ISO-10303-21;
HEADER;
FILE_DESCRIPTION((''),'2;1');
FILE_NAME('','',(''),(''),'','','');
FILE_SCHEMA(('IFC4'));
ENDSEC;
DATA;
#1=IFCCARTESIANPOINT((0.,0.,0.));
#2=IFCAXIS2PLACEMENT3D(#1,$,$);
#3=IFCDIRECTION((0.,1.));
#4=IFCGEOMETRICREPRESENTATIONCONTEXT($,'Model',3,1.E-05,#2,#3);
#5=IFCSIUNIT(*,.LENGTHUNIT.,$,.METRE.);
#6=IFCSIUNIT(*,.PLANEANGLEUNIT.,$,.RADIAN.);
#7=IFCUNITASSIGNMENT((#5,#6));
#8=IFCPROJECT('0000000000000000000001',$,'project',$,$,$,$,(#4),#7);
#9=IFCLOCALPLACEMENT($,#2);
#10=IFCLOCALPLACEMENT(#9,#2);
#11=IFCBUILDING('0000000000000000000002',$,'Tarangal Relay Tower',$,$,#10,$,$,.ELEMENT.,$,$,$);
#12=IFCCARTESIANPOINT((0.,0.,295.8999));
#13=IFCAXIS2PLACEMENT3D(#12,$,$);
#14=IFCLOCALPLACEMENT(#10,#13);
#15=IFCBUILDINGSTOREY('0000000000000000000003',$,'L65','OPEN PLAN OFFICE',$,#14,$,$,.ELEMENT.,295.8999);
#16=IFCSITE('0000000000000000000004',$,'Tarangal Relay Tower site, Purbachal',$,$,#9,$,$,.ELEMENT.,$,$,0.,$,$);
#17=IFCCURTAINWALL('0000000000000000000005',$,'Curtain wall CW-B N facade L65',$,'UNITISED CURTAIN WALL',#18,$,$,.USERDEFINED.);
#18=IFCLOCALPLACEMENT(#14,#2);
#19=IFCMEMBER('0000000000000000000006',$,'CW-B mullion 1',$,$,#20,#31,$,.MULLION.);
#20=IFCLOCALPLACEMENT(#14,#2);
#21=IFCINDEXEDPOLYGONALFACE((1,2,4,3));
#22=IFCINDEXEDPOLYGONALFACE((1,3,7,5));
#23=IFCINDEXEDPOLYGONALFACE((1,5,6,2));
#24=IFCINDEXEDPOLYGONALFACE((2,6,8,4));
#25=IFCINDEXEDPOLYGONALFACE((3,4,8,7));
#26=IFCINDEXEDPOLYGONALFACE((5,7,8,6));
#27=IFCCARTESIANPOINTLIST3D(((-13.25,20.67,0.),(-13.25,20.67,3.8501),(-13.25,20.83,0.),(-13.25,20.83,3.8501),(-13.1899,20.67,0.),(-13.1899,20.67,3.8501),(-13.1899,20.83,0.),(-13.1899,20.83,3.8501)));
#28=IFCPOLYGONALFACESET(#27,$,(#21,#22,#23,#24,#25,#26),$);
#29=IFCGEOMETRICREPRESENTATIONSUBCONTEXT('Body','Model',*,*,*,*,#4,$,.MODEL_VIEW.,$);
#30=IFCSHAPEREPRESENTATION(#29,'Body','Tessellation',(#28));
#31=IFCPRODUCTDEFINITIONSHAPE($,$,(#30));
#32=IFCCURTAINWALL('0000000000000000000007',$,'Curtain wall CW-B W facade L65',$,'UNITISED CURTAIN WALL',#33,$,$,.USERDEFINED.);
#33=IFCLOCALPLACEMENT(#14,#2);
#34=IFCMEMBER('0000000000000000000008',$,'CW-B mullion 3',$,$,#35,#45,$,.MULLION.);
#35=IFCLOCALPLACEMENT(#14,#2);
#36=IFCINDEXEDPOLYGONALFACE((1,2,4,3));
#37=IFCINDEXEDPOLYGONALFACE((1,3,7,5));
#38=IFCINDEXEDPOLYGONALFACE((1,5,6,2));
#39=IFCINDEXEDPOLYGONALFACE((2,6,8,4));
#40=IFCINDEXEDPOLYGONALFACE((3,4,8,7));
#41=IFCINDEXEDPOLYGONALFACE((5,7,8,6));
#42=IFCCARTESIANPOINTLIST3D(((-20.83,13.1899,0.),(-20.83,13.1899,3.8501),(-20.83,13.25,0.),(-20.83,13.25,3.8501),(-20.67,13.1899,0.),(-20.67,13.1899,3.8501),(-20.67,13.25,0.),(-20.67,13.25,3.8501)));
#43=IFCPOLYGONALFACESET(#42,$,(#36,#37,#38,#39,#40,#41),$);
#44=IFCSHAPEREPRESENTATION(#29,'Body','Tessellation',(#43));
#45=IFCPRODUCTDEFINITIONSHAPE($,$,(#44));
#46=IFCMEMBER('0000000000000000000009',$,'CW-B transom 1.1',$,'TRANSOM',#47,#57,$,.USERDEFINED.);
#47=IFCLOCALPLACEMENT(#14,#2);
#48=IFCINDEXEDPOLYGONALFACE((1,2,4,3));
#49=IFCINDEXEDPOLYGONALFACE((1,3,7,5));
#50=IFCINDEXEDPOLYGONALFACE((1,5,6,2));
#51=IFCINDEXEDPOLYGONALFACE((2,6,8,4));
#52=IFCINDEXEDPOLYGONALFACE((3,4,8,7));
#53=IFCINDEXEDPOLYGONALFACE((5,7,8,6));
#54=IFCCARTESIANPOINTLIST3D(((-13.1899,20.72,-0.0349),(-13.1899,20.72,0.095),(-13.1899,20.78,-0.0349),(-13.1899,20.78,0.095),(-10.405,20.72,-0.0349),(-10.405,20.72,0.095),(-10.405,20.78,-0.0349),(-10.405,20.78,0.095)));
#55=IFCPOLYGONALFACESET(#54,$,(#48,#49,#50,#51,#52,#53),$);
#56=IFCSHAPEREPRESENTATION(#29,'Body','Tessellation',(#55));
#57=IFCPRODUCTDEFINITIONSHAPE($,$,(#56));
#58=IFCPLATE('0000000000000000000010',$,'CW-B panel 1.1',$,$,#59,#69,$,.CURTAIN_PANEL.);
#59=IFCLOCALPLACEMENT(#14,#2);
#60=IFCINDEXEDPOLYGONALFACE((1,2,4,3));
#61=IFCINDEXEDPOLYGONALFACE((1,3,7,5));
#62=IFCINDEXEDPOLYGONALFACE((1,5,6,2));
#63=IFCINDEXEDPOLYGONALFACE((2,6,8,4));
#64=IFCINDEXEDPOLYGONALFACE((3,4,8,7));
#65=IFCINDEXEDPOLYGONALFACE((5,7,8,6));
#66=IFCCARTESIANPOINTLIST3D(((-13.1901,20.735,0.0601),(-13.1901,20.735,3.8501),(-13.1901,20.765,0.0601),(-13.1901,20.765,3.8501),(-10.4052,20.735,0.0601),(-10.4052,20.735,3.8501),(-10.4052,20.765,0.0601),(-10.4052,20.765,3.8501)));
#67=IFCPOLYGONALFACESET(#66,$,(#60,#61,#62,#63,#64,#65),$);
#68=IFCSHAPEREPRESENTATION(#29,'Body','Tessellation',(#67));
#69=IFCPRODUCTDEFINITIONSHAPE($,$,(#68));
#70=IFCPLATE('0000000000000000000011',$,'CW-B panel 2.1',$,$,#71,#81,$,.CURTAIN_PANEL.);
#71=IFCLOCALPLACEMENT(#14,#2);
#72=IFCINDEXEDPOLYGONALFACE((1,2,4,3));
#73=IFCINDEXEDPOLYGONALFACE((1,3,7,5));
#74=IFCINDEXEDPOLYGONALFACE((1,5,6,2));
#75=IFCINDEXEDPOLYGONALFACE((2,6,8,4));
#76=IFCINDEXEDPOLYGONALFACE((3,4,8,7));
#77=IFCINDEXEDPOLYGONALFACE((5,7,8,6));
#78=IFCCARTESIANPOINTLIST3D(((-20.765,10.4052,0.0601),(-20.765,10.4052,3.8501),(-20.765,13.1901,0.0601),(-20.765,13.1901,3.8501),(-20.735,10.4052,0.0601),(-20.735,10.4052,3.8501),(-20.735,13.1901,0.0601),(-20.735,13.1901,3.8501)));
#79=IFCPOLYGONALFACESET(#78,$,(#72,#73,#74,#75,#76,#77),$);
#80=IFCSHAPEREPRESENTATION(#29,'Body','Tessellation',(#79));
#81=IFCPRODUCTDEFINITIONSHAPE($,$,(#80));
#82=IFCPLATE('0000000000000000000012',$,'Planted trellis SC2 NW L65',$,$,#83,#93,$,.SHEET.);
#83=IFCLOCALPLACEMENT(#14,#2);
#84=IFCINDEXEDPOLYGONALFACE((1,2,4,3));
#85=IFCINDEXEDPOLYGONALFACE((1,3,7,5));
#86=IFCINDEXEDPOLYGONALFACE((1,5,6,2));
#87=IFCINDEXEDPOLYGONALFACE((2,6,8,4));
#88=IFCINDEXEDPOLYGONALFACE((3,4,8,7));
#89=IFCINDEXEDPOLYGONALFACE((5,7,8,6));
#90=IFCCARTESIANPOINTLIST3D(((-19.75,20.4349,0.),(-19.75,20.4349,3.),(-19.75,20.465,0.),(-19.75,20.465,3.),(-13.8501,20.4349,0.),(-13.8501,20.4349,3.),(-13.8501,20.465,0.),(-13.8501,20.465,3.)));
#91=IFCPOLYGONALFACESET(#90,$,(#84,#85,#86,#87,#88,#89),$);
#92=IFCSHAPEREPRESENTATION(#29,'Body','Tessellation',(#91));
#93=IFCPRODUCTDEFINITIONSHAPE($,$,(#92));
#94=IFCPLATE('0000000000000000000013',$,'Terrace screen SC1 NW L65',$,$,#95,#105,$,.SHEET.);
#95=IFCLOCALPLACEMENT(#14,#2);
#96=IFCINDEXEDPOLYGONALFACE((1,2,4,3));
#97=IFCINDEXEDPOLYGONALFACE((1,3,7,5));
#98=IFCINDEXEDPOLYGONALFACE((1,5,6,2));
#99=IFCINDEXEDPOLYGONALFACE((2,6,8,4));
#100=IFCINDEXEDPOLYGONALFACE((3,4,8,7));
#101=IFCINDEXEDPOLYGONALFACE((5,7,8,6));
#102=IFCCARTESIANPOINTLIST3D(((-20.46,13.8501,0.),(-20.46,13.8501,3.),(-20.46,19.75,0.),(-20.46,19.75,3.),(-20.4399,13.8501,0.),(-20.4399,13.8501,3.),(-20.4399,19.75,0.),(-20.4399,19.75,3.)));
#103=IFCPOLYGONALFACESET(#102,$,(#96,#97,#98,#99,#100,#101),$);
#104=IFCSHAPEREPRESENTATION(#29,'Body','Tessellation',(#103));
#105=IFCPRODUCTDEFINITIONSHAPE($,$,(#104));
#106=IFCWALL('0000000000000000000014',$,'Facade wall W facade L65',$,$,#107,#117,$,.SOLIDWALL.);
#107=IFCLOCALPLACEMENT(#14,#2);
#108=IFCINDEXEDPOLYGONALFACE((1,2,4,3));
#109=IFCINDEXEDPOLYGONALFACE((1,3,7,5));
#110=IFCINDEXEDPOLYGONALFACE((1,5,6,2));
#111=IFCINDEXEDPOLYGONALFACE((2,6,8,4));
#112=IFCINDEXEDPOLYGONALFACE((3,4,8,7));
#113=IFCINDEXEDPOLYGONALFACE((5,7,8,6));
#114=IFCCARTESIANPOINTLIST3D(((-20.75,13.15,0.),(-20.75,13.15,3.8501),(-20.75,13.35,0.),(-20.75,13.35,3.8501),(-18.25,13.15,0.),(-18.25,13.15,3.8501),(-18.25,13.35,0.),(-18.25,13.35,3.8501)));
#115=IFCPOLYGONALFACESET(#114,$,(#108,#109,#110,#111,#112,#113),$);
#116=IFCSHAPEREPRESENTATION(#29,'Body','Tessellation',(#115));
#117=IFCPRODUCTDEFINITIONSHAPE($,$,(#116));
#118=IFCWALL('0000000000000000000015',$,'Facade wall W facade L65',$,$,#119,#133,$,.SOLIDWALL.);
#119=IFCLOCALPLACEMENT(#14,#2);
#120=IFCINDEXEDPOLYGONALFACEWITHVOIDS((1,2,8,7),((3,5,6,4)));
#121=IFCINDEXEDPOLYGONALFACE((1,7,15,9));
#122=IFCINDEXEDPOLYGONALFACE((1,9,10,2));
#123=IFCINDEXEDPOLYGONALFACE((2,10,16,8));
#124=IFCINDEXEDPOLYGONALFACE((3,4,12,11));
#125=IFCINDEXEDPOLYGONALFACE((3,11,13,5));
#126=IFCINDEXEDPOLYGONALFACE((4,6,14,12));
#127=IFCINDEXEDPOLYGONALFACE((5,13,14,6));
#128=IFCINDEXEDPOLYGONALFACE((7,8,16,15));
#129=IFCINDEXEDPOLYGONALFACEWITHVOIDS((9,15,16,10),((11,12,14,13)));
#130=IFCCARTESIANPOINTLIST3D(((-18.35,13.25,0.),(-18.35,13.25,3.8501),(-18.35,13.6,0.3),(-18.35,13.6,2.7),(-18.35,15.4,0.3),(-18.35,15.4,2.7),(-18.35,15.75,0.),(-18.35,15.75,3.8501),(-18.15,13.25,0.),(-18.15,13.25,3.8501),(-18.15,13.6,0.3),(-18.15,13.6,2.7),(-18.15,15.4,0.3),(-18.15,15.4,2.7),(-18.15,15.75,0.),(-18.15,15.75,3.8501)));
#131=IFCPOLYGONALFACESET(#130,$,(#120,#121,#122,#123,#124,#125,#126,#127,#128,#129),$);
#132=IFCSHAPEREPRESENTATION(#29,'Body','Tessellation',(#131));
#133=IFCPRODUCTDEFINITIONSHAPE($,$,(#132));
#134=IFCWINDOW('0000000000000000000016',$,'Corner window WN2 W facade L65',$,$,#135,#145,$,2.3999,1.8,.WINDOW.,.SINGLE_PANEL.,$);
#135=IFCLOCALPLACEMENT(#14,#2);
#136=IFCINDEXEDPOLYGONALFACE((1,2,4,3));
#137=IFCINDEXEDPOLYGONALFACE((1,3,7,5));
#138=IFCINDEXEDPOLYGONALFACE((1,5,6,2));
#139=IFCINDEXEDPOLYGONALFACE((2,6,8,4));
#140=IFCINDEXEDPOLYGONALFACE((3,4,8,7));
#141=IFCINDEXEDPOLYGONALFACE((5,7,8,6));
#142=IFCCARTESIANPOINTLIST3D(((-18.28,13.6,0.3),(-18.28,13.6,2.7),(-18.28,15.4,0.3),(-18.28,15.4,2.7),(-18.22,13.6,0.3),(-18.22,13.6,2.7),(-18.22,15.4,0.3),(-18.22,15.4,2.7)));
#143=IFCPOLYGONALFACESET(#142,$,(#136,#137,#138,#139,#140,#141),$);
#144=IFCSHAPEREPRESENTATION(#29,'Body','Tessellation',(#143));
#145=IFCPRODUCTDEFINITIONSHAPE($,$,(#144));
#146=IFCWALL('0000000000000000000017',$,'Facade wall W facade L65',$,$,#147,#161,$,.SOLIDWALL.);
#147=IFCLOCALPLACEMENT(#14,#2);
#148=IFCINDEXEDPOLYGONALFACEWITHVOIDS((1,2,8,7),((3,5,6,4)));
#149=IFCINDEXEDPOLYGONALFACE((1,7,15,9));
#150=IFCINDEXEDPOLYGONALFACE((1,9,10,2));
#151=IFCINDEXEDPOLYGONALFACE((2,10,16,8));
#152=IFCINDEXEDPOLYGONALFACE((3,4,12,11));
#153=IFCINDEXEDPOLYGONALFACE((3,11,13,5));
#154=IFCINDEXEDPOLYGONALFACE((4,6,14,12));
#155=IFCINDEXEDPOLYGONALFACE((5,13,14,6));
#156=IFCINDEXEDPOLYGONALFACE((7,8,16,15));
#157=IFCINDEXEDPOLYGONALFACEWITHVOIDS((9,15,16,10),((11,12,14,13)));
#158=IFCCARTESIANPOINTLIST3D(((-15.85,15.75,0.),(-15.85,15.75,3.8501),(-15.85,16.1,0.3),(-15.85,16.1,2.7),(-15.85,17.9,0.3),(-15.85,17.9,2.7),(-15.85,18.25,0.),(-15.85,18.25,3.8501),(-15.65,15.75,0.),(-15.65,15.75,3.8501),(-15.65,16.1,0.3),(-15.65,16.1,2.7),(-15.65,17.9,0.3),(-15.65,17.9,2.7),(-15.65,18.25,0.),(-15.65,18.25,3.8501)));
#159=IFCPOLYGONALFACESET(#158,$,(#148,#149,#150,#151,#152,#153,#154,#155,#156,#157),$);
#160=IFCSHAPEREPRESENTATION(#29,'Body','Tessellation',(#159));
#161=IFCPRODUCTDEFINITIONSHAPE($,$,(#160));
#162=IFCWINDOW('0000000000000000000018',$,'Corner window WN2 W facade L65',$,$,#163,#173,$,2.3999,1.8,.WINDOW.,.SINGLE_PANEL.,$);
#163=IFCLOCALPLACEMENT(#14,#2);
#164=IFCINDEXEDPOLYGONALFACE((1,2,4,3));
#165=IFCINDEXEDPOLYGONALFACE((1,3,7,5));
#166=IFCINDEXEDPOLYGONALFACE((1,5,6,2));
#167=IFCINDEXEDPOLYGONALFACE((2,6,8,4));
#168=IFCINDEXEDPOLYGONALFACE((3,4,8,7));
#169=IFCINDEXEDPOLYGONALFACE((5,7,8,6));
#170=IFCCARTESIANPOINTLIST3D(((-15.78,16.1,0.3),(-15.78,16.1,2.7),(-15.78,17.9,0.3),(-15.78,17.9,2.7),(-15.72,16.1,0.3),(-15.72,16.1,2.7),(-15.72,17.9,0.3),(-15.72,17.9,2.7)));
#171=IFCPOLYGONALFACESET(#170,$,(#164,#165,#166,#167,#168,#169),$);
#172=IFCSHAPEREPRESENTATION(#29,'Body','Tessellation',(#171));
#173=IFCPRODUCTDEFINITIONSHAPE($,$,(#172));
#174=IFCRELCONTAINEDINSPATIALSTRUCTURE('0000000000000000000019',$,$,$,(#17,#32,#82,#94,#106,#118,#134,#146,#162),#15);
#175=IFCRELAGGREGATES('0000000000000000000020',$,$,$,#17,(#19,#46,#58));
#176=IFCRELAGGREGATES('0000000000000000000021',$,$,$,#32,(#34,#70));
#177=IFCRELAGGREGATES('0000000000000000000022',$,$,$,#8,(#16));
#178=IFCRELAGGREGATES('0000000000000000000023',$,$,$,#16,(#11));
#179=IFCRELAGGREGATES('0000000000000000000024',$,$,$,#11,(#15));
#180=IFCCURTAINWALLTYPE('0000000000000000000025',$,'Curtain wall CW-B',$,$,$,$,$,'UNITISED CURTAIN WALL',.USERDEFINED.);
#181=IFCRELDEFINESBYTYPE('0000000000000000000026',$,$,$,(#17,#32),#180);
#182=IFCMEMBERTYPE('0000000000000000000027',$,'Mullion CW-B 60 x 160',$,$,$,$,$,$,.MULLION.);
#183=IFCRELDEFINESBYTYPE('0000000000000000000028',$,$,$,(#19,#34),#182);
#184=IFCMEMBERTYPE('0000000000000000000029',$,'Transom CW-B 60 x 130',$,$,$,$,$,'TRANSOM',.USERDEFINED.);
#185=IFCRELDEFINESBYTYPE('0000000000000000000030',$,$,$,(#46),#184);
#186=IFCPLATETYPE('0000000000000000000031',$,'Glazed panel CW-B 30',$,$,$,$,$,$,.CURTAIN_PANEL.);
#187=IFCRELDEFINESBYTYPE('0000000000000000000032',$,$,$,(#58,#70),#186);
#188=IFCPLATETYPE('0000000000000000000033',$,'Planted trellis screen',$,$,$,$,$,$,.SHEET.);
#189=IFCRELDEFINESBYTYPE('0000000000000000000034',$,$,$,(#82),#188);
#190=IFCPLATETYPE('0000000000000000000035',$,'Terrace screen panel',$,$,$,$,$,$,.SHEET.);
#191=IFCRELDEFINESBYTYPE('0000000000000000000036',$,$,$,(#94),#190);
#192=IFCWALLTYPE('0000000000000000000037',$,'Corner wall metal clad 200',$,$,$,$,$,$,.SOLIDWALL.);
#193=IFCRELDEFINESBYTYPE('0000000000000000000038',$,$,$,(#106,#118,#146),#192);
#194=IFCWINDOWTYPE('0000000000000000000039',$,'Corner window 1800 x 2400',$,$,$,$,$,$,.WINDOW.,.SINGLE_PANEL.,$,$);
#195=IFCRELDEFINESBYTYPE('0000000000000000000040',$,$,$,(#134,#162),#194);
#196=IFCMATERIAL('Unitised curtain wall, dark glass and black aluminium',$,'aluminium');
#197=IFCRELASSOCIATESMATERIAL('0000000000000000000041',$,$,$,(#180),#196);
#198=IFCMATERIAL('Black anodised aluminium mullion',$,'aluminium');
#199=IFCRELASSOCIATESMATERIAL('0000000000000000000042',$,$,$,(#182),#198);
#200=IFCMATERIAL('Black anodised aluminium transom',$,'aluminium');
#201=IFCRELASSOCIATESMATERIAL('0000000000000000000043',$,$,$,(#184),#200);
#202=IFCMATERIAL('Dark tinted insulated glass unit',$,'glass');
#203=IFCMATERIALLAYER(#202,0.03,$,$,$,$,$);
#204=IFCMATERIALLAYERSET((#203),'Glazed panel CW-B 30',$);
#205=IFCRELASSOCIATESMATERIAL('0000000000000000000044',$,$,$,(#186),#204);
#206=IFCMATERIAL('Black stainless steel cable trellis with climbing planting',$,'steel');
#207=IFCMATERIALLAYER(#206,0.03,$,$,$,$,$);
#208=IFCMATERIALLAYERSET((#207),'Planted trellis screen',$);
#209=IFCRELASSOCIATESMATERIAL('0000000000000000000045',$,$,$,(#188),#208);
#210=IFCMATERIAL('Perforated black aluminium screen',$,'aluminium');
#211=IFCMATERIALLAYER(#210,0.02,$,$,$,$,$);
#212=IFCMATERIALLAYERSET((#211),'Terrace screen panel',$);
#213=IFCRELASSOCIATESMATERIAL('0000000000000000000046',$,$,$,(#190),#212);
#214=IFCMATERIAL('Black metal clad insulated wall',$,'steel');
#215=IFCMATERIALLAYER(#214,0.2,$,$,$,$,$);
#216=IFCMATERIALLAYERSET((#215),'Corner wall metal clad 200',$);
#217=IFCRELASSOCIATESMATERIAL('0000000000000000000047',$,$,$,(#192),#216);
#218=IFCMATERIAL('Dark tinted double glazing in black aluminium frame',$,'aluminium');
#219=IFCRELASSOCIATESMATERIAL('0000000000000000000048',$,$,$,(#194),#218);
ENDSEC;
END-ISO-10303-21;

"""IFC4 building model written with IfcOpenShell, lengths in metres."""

from ifc_helpers import new_model, si_unit, direction, frame, frame_2d, origin, origin_2d, place, context, subcontext, project, spatial, rectangle, extrude, material, layer, layer_set, material_profile, profile_set, type_object, element, fill, aggregate, save


model = new_model("IFC4")

# Units and contexts
model_context = context("Model", 3, precision=1e-05, world=origin(), true_north=direction((0.0, 1.0)))
body_context = subcontext(model_context, "Body", "Model", "MODEL_VIEW")
ifc_project = project(units=[si_unit("LENGTHUNIT", "METRE"), si_unit("PLANEANGLEUNIT", "RADIAN")], contexts=[model_context])

# Site, building, storey
site_placement = place(None, origin())
site = spatial("IfcSite", under=ifc_project, at=site_placement, Name="Tarangal Relay Tower site, Purbachal", CompositionType="ELEMENT", RefElevation=0.0)
building_placement = place(site_placement, origin())
building = spatial("IfcBuilding", under=site, at=building_placement, Name="Tarangal Relay Tower", CompositionType="ELEMENT")
storey_placement = place(building_placement, frame((0.0, 0.0, 295.8999)))
storey = spatial("IfcBuildingStorey", under=building, at=storey_placement, Name="L65", Description="OPEN PLAN OFFICE", CompositionType="ELEMENT", Elevation=295.8999)

# Curtain walls, members
ifc_material_1 = material(Name="Unitised curtain wall, dark glass and black aluminium", Category="aluminium")
curtain_wall_type = type_object("IfcCurtainWallType", Name="Curtain wall CW-B", ElementType="UNITISED CURTAIN WALL", PredefinedType="USERDEFINED", material=ifc_material_1)
curtain_wall_1_placement = place(storey_placement, origin())
curtain_wall_1 = element("IfcCurtainWall", 1, at=curtain_wall_1_placement, inside=storey, type_object=curtain_wall_type, Name="Curtain wall CW-B N facade L65", ObjectType="UNITISED CURTAIN WALL", PredefinedType="USERDEFINED")
ifc_material_2 = material(Name="Black anodised aluminium mullion", Category="aluminium")
ifc_material_profile_1 = material_profile(ifc_material_2, rectangle(XDim=0.1599, YDim=0.0601, at=origin_2d()), Name="CW-BM 60X160")
ifc_profile_set_1 = profile_set([ifc_material_profile_1], Name="Black anodised aluminium mullion")
member_type_1 = type_object("IfcMemberType", Name="Mullion CW-B 60 x 160", PredefinedType="MULLION", material=ifc_profile_set_1)
member_1_placement = place(storey_placement, frame((-13.22, 20.75, 0.0), z_axis=(0.0, 0.0, 1.0), x_axis=(0.0, 1.0, 0.0)))
member_1 = element("IfcMember", 2, at=member_1_placement, type_object=member_type_1, Name="CW-B mullion 1", PredefinedType="MULLION", context=body_context, shape_type="SweptSolid", body=[
    extrude(rectangle(XDim=0.1599, YDim=0.0601, at=origin_2d()), origin(), (0.0, 0.0, 1.0), 3.8501),
])
curtain_wall_2_placement = place(storey_placement, origin())
curtain_wall_2 = element("IfcCurtainWall", 3, at=curtain_wall_2_placement, inside=storey, type_object=curtain_wall_type, Name="Curtain wall CW-B W facade L65", ObjectType="UNITISED CURTAIN WALL", PredefinedType="USERDEFINED")
member_2_placement = place(storey_placement, frame((-20.75, 13.22, 0.0), z_axis=(0.0, 0.0, 1.0), x_axis=(-1.0, 0.0, 0.0)))
member_2 = element("IfcMember", 4, at=member_2_placement, type_object=member_type_1, Name="CW-B mullion 3", PredefinedType="MULLION", context=body_context, shape_type="SweptSolid", body=[
    extrude(rectangle(XDim=0.1599, YDim=0.0601, at=origin_2d()), origin(), (0.0, 0.0, 1.0), 3.8501),
])

# Member
ifc_material_3 = material(Name="Black anodised aluminium transom", Category="aluminium")
ifc_material_profile_2 = material_profile(ifc_material_3, rectangle(XDim=0.0601, YDim=0.1299, at=origin_2d()), Name="CW-BT 60X130")
ifc_profile_set_2 = profile_set([ifc_material_profile_2], Name="Black anodised aluminium transom")
member_type_2 = type_object("IfcMemberType", Name="Transom CW-B 60 x 130", ElementType="TRANSOM", PredefinedType="USERDEFINED", material=ifc_profile_set_2)
member_3_placement = place(storey_placement, frame((-13.1899, 20.75, 0.03), z_axis=(1.0, 0.0, 0.0), x_axis=(0.0, 1.0, 0.0)))
member_3 = element("IfcMember", 5, at=member_3_placement, type_object=member_type_2, Name="CW-B transom 1.1", ObjectType="TRANSOM", PredefinedType="USERDEFINED", context=body_context, shape_type="SweptSolid", body=[
    extrude(rectangle(XDim=0.0601, YDim=0.1299, at=origin_2d()), origin(), (0.0, 0.0, 1.0), 2.7849),
])

# Plates
ifc_material_4 = material(Name="Dark tinted insulated glass unit", Category="glass")
ifc_layer_1 = layer(ifc_material_4, 0.03)
ifc_layer_set_1 = layer_set([ifc_layer_1], Name="Glazed panel CW-B 30")
plate_type_1 = type_object("IfcPlateType", Name="Glazed panel CW-B 30", PredefinedType="CURTAIN_PANEL", material=ifc_layer_set_1)
plate_1_placement = place(storey_placement, frame((-11.7976, 20.75, 0.0601), z_axis=(0.0, 0.0, 1.0), x_axis=(1.0, 0.0, 0.0)))
plate_1 = element("IfcPlate", 6, at=plate_1_placement, type_object=plate_type_1, Name="CW-B panel 1.1", PredefinedType="CURTAIN_PANEL", context=body_context, shape_type="SweptSolid", body=[
    extrude(rectangle(XDim=2.7849, YDim=0.03, at=origin_2d()), origin(), (0.0, 0.0, 1.0), 3.79),
])
aggregate(curtain_wall_1, [member_1, member_3, plate_1])
plate_2_placement = place(storey_placement, frame((-20.75, 11.7976, 0.0601), z_axis=(0.0, 0.0, 1.0), x_axis=(0.0, 1.0, 0.0)))
plate_2 = element("IfcPlate", 7, at=plate_2_placement, type_object=plate_type_1, Name="CW-B panel 2.1", PredefinedType="CURTAIN_PANEL", context=body_context, shape_type="SweptSolid", body=[
    extrude(rectangle(XDim=2.7849, YDim=0.03, at=origin_2d()), origin(), (0.0, 0.0, 1.0), 3.79),
])
aggregate(curtain_wall_2, [member_2, plate_2])

# Plates
ifc_material_5 = material(Name="Black stainless steel cable trellis with climbing planting", Category="steel")
ifc_layer_2 = layer(ifc_material_5, 0.03)
ifc_layer_set_2 = layer_set([ifc_layer_2], Name="Planted trellis screen")
plate_type_2 = type_object("IfcPlateType", Name="Planted trellis screen", PredefinedType="SHEET", material=ifc_layer_set_2)
plate_3_placement = place(storey_placement, frame((-16.8, 20.45, 0.0), z_axis=(0.0, 0.0, 1.0), x_axis=(1.0, 0.0, 0.0)))
element("IfcPlate", 8, at=plate_3_placement, inside=storey, type_object=plate_type_2, Name="Planted trellis SC2 NW L65", PredefinedType="SHEET", context=body_context, shape_type="SweptSolid", body=[
    extrude(rectangle(XDim=5.8999, YDim=0.03, at=origin_2d()), origin(), (0.0, 0.0, 1.0), 3.0),
])
ifc_material_6 = material(Name="Perforated black aluminium screen", Category="aluminium")
ifc_layer_3 = layer(ifc_material_6, 0.02)
ifc_layer_set_3 = layer_set([ifc_layer_3], Name="Terrace screen panel")
plate_type_3 = type_object("IfcPlateType", Name="Terrace screen panel", PredefinedType="SHEET", material=ifc_layer_set_3)
plate_4_placement = place(storey_placement, frame((-20.45, 16.8, 0.0), z_axis=(0.0, 0.0, 1.0), x_axis=(0.0, 1.0, 0.0)))
element("IfcPlate", 9, at=plate_4_placement, inside=storey, type_object=plate_type_3, Name="Terrace screen SC1 NW L65", PredefinedType="SHEET", context=body_context, shape_type="SweptSolid", body=[
    extrude(rectangle(XDim=5.8999, YDim=0.02, at=origin_2d()), origin(), (0.0, 0.0, 1.0), 3.0),
])

# Wall
ifc_material_7 = material(Name="Black metal clad insulated wall", Category="steel")
ifc_layer_4 = layer(ifc_material_7, 0.2)
ifc_layer_set_4 = layer_set([ifc_layer_4], Name="Corner wall metal clad 200")
wall_type_1 = type_object("IfcWallType", Name="Corner wall metal clad 200", PredefinedType="SOLIDWALL", material=ifc_layer_set_4)
wall_1_placement = place(storey_placement, frame((-20.75, 13.25, 0.0), z_axis=(0.0, 0.0, 1.0), x_axis=(1.0, 0.0, 0.0)))
element("IfcWall", 10, at=wall_1_placement, inside=storey, type_object=wall_type_1, Name="Facade wall W facade L65", PredefinedType="SOLIDWALL", context=body_context, shape_type="SweptSolid", body=[
    extrude(rectangle(XDim=2.5, YDim=0.2, at=frame_2d((1.25, 0.0))), origin(), (0.0, 0.0, 1.0), 3.8501),
])

# Wall, opening, window
wall_2_placement = place(storey_placement, frame((-18.25, 13.25, 0.0), z_axis=(0.0, 0.0, 1.0), x_axis=(0.0, 1.0, 0.0)))
wall_2 = element("IfcWall", 11, at=wall_2_placement, inside=storey, type_object=wall_type_1, Name="Facade wall W facade L65", PredefinedType="SOLIDWALL", context=body_context, shape_type="SweptSolid", body=[
    extrude(rectangle(XDim=2.5, YDim=0.2, at=frame_2d((1.25, 0.0))), origin(), (0.0, 0.0, 1.0), 3.8501),
])
opening_1_placement = place(wall_2_placement, frame((0.3501, 0.0, 0.3)))
opening_1 = element("IfcOpeningElement", 12, at=opening_1_placement, cuts=wall_2, PredefinedType="OPENING", context=body_context, shape_type="SweptSolid", body=[
    extrude(rectangle(XDim=1.8, YDim=2.3999, at=frame_2d((0.8999, 1.2))), frame((0.0, 0.1099, 0.0), z_axis=(0.0, -1.0, 0.0), x_axis=(1.0, 0.0, 0.0)), (0.0, 0.0, 1.0), 0.22),
])
ifc_material_8 = material(Name="Dark tinted double glazing in black aluminium frame", Category="aluminium")
window_type = type_object("IfcWindowType", Name="Corner window 1800 x 2400", PartitioningType="SINGLE_PANEL", PredefinedType="WINDOW", material=ifc_material_8)
window_1_placement = place(opening_1_placement, origin())
window_1 = element("IfcWindow", 13, at=window_1_placement, inside=storey, type_object=window_type, Name="Corner window WN2 W facade L65", OverallHeight=2.3999, OverallWidth=1.8, PartitioningType="SINGLE_PANEL", PredefinedType="WINDOW", context=body_context, shape_type="SweptSolid", body=[
    extrude(rectangle(XDim=1.8, YDim=2.3999, at=frame_2d((0.8999, 1.2))), frame((0.0, 0.03, 0.0), z_axis=(0.0, -1.0, 0.0), x_axis=(1.0, 0.0, 0.0)), (0.0, 0.0, 1.0), 0.0601),
])
fill(opening_1, window_1)

# Wall, opening, window
wall_3_placement = place(storey_placement, frame((-15.75, 15.75, 0.0), z_axis=(0.0, 0.0, 1.0), x_axis=(0.0, 1.0, 0.0)))
wall_3 = element("IfcWall", 14, at=wall_3_placement, inside=storey, type_object=wall_type_1, Name="Facade wall W facade L65", PredefinedType="SOLIDWALL", context=body_context, shape_type="SweptSolid", body=[
    extrude(rectangle(XDim=2.5, YDim=0.2, at=frame_2d((1.25, 0.0))), origin(), (0.0, 0.0, 1.0), 3.8501),
])
opening_2_placement = place(wall_3_placement, frame((0.3501, 0.0, 0.3)))
opening_2 = element("IfcOpeningElement", 15, at=opening_2_placement, cuts=wall_3, PredefinedType="OPENING", context=body_context, shape_type="SweptSolid", body=[
    extrude(rectangle(XDim=1.8, YDim=2.3999, at=frame_2d((0.8999, 1.2))), frame((0.0, 0.1099, 0.0), z_axis=(0.0, -1.0, 0.0), x_axis=(1.0, 0.0, 0.0)), (0.0, 0.0, 1.0), 0.22),
])
window_2_placement = place(opening_2_placement, origin())
window_2 = element("IfcWindow", 16, at=window_2_placement, inside=storey, type_object=window_type, Name="Corner window WN2 W facade L65", OverallHeight=2.3999, OverallWidth=1.8, PartitioningType="SINGLE_PANEL", PredefinedType="WINDOW", context=body_context, shape_type="SweptSolid", body=[
    extrude(rectangle(XDim=1.8, YDim=2.3999, at=frame_2d((0.8999, 1.2))), frame((0.0, 0.03, 0.0), z_axis=(0.0, -1.0, 0.0), x_axis=(1.0, 0.0, 0.0)), (0.0, 0.0, 1.0), 0.0601),
])
fill(opening_2, window_2)

save(model, "model.ifc")
